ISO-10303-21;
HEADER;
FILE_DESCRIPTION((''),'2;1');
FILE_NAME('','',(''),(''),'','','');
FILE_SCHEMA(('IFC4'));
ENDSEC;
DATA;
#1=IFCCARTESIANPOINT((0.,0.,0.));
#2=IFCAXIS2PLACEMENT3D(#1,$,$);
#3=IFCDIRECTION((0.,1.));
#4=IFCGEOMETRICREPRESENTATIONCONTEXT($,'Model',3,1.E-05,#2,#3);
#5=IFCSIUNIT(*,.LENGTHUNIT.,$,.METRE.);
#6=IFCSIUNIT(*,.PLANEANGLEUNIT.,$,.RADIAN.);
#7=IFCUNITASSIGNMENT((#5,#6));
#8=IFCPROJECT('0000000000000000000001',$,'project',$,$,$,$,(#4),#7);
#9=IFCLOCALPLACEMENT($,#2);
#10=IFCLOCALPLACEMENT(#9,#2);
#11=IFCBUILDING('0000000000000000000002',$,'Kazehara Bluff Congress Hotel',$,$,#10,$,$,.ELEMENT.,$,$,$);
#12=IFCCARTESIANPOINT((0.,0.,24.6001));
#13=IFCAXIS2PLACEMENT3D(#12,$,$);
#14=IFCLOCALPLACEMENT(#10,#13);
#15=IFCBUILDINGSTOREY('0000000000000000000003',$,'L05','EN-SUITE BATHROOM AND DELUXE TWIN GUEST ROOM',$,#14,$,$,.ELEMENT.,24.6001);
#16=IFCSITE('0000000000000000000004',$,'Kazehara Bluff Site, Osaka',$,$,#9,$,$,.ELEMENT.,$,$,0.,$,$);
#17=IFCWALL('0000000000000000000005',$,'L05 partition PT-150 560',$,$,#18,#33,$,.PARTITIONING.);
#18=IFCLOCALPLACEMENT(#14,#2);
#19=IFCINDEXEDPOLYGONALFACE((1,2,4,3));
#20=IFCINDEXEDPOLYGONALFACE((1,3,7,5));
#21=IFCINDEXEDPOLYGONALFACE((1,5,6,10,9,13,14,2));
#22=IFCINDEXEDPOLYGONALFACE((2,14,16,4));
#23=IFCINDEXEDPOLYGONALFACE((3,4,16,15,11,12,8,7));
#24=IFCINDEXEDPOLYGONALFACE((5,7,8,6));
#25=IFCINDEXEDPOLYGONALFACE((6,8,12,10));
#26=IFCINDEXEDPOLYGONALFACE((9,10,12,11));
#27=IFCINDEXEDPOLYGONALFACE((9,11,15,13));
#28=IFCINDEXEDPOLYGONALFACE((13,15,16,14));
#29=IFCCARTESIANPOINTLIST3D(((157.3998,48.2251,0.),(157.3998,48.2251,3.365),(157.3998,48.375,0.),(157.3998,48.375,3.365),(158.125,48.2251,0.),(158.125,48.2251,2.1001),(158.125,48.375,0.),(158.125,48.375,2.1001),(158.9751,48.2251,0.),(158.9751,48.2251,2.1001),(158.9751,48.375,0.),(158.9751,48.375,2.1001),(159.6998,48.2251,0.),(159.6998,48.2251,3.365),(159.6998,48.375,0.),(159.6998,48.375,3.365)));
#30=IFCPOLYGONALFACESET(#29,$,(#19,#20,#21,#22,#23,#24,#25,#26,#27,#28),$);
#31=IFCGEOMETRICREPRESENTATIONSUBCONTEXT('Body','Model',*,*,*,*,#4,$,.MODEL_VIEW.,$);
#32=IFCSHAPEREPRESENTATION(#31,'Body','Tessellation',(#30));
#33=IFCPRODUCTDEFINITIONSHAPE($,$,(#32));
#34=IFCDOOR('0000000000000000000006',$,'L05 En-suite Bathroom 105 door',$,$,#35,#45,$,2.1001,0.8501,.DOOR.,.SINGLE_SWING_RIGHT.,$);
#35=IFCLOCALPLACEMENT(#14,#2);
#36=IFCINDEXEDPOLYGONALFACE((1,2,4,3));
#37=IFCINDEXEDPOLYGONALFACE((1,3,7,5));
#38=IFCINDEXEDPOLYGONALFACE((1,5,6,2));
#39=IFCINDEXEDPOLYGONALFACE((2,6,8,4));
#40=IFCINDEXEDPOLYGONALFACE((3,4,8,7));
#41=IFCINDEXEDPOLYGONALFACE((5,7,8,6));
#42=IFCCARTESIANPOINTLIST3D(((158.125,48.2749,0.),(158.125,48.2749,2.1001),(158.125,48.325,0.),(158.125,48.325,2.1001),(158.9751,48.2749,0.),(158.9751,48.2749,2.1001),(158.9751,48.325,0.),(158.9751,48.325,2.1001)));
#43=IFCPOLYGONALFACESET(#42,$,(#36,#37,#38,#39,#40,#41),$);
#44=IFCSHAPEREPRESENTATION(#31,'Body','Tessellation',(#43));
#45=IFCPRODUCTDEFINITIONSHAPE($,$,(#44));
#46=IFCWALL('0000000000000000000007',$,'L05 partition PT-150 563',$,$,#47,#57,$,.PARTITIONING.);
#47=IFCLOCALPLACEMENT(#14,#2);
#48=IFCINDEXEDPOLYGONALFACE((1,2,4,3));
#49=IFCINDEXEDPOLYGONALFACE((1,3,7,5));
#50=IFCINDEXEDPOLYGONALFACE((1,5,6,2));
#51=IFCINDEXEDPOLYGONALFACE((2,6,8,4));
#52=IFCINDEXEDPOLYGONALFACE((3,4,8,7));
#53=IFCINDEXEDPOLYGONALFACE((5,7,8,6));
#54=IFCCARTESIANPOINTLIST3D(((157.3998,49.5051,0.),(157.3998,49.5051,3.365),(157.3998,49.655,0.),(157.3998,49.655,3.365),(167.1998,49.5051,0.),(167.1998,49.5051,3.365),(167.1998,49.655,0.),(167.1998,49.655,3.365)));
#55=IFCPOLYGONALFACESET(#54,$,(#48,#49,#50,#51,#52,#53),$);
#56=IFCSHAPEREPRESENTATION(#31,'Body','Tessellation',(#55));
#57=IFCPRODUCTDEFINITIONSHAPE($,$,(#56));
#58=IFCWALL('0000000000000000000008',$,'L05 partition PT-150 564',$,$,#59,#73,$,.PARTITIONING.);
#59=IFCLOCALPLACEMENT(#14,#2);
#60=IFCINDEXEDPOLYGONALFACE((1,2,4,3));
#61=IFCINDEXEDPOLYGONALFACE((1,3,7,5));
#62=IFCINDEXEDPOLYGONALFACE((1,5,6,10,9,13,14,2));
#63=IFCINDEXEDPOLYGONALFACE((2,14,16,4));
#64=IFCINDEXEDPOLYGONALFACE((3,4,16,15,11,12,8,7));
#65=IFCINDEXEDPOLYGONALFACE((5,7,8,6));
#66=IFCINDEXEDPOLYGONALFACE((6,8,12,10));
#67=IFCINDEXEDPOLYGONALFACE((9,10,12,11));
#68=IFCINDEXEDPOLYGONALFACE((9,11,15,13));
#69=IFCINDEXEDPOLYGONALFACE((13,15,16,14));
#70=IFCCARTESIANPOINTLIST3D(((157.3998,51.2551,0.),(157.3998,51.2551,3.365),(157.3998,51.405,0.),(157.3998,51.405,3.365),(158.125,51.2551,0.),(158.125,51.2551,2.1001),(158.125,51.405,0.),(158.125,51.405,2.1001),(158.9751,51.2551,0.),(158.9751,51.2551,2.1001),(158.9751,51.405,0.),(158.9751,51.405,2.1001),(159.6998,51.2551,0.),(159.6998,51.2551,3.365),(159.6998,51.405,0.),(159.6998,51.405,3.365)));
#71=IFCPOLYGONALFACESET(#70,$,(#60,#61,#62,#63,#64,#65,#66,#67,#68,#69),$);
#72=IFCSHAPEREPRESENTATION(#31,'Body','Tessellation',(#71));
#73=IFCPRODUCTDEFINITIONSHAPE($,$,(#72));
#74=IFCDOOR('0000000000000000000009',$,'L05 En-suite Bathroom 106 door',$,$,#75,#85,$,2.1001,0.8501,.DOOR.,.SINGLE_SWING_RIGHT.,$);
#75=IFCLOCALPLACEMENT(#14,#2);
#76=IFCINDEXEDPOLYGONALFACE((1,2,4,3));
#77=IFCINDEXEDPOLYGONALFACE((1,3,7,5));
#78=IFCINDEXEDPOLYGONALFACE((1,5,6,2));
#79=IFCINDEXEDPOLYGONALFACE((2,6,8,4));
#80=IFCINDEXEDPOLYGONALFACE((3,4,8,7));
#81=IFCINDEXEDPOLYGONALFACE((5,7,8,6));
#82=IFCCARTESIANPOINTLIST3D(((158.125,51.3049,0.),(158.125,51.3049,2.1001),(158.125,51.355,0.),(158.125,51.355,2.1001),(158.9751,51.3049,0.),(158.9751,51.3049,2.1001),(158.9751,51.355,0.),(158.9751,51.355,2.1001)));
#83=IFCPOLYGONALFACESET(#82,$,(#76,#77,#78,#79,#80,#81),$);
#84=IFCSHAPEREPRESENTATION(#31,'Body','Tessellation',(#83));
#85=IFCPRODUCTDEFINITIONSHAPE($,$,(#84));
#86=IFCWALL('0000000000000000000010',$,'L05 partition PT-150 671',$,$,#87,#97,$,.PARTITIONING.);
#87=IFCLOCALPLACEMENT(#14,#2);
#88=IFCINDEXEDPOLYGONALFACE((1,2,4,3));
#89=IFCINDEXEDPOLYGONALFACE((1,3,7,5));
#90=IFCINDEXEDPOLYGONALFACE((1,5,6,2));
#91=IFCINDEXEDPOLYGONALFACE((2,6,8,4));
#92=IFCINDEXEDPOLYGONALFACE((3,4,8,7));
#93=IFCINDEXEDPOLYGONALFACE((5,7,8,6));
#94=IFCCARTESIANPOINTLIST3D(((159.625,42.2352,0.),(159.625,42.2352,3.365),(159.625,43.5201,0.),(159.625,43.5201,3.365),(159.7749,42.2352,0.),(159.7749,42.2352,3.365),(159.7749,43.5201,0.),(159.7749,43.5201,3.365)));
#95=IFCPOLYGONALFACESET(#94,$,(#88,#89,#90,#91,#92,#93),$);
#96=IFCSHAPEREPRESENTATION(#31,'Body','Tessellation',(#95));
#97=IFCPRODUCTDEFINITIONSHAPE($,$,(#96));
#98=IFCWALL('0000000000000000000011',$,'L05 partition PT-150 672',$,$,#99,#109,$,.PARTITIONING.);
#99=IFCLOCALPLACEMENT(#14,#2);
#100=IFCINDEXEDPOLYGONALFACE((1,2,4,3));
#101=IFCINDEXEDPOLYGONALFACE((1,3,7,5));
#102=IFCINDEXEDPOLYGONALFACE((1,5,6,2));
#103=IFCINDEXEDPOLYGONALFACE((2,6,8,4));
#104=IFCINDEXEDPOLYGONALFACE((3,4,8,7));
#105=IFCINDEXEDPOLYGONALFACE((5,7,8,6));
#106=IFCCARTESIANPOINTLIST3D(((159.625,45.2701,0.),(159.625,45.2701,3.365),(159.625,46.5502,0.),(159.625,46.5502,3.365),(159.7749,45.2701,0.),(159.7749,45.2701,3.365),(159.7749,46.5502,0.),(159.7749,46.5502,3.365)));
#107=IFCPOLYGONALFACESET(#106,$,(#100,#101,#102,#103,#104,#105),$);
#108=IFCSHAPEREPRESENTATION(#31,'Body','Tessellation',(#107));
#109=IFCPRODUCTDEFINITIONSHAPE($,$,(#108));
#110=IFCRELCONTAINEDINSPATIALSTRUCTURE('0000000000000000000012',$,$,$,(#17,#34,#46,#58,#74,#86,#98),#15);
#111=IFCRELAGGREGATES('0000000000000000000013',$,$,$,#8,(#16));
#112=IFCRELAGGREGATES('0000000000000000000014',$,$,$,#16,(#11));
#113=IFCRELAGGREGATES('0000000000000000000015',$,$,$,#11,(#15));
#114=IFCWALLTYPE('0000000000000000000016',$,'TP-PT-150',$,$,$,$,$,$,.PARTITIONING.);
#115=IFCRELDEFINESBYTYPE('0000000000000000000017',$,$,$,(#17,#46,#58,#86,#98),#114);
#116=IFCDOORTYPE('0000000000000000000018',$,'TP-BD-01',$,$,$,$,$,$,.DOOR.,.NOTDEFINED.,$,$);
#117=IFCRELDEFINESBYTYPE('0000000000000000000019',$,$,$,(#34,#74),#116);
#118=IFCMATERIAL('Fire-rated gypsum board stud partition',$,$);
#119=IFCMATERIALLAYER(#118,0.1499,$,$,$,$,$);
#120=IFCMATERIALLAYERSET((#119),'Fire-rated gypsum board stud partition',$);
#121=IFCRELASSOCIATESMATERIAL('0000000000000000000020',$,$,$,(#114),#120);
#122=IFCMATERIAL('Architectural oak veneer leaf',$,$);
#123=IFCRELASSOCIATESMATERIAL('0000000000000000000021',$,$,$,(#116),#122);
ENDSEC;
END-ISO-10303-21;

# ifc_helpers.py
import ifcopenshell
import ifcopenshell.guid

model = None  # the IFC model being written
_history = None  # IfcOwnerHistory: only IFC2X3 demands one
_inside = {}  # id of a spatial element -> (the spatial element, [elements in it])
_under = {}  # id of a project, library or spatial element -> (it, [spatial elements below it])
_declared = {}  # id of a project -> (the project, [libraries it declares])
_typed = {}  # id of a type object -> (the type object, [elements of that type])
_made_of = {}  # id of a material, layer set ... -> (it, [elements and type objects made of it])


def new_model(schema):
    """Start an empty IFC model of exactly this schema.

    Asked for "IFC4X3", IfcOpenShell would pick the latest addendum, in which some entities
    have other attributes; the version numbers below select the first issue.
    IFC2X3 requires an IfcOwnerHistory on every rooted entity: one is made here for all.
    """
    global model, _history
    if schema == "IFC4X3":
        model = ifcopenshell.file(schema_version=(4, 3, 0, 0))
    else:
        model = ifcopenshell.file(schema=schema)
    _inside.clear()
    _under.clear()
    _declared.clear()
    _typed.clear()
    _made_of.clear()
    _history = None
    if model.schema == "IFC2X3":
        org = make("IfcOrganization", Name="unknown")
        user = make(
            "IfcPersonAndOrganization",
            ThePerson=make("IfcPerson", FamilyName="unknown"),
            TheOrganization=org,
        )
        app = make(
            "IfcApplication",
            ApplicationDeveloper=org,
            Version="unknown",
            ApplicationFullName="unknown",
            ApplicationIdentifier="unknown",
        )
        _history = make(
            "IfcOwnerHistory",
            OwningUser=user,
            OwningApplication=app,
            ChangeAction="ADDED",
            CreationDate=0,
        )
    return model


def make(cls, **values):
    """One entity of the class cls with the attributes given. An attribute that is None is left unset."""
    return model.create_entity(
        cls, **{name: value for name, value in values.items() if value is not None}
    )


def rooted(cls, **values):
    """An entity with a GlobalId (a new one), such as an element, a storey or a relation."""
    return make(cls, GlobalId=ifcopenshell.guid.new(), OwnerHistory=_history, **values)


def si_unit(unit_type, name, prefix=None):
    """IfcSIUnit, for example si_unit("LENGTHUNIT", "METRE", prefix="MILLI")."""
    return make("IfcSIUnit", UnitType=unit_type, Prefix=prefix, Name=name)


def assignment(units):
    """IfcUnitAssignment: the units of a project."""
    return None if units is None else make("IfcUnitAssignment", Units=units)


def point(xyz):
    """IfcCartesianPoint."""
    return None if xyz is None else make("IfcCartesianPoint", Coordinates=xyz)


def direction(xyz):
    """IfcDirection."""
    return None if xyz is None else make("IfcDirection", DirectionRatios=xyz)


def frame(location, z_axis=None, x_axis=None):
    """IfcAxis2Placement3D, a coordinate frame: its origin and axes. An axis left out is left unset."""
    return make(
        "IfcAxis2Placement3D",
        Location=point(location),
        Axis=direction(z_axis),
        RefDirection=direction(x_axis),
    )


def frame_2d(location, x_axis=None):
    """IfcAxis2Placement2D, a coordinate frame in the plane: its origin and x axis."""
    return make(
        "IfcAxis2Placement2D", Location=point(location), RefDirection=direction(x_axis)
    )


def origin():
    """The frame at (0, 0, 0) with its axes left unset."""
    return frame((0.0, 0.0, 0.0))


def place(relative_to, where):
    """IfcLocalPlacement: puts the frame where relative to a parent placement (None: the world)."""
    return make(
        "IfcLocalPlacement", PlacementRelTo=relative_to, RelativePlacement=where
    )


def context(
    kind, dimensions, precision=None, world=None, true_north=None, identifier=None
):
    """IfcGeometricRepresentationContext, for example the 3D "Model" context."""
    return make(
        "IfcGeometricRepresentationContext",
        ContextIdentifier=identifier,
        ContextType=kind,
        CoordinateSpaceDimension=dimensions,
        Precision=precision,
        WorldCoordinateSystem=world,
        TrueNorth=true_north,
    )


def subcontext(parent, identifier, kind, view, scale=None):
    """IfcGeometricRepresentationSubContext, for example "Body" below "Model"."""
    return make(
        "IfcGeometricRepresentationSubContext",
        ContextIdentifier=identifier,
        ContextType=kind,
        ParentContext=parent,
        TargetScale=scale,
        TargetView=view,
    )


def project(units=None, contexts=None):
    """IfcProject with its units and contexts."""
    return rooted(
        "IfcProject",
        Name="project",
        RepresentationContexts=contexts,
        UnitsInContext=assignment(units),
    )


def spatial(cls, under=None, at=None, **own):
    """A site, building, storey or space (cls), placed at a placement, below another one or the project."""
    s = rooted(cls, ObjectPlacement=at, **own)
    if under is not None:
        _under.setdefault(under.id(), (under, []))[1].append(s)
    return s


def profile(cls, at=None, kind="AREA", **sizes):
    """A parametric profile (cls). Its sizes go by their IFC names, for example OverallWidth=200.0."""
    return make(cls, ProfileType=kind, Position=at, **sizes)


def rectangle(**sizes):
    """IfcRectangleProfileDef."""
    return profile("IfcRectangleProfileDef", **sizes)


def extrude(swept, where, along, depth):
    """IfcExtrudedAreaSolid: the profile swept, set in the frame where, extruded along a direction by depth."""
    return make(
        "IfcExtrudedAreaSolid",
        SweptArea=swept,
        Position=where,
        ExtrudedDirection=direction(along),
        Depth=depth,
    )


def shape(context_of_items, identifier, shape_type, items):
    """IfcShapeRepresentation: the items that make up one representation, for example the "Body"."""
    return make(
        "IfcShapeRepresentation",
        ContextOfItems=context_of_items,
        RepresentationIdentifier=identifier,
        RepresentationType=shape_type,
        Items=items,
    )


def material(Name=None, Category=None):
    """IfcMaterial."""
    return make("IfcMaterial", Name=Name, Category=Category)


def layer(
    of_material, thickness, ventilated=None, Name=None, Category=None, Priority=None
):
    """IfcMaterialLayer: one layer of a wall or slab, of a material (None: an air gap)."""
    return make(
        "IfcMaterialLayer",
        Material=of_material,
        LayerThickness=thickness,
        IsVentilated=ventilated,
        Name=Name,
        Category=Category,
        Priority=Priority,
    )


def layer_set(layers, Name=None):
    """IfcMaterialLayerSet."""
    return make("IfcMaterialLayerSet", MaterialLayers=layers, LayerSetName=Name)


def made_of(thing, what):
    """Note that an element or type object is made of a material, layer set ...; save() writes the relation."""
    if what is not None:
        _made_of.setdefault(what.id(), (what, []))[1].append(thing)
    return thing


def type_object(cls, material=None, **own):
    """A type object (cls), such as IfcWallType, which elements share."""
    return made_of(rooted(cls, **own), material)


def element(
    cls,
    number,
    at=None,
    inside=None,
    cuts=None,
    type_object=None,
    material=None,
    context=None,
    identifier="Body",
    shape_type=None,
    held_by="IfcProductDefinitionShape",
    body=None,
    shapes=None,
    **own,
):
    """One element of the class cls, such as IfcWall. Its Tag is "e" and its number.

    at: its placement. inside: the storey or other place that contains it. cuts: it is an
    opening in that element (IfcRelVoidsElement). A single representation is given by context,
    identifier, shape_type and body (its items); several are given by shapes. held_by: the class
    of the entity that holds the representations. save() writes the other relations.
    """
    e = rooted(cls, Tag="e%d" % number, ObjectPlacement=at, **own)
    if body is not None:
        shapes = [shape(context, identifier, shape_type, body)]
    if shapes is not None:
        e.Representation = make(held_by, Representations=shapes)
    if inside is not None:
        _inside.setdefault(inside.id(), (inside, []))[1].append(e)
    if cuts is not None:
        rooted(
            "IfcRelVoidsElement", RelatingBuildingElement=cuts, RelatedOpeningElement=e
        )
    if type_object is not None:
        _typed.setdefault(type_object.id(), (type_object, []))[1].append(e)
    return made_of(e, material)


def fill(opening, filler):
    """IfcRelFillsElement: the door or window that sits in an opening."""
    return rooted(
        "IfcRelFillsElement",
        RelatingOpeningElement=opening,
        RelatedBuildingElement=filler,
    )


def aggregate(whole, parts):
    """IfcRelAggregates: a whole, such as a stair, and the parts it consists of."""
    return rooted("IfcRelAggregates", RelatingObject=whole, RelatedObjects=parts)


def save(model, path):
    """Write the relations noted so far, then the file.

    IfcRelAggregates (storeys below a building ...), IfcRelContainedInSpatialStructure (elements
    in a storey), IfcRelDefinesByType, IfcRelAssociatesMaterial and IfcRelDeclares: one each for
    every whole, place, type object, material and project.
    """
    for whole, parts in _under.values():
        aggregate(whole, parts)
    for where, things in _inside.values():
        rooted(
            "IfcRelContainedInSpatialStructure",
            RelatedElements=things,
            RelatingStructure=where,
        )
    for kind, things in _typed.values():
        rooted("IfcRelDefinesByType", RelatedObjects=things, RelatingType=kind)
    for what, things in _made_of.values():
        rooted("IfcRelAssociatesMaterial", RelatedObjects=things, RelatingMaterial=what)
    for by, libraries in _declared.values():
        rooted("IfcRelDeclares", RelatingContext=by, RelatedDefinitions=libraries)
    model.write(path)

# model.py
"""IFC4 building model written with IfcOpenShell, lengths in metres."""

from ifc_helpers import new_model, si_unit, direction, frame, frame_2d, origin, place, context, subcontext, project, spatial, rectangle, extrude, material, layer, layer_set, type_object, element, fill, save


model = new_model("IFC4")

# Units and contexts
model_context = context("Model", 3, precision=1e-05, world=origin(), true_north=direction((0.0, 1.0)))
body_context = subcontext(model_context, "Body", "Model", "MODEL_VIEW")
ifc_project = project(units=[si_unit("LENGTHUNIT", "METRE"), si_unit("PLANEANGLEUNIT", "RADIAN")], contexts=[model_context])

# Site, building, storey
site_placement = place(None, origin())
site = spatial("IfcSite", under=ifc_project, at=site_placement, Name="Kazehara Bluff Site, Osaka", CompositionType="ELEMENT", RefElevation=0.0)
building_placement = place(site_placement, origin())
building = spatial("IfcBuilding", under=site, at=building_placement, Name="Kazehara Bluff Congress Hotel", CompositionType="ELEMENT")
storey_placement = place(building_placement, frame((0.0, 0.0, 24.6001)))
storey = spatial("IfcBuildingStorey", under=building, at=storey_placement, Name="L05", Description="EN-SUITE BATHROOM AND DELUXE TWIN GUEST ROOM", CompositionType="ELEMENT", Elevation=24.6001)

# Shared definitions
ifc_material_1 = material(Name="Fire-rated gypsum board stud partition")
ifc_layer_1 = layer(ifc_material_1, 0.1499)
ifc_layer_set_1 = layer_set([ifc_layer_1], Name="Fire-rated gypsum board stud partition")
wall_type_1 = type_object("IfcWallType", Name="TP-PT-150", PredefinedType="PARTITIONING", material=ifc_layer_set_1)
ifc_material_2 = material(Name="Architectural oak veneer leaf")
door_type_1 = type_object("IfcDoorType", Name="TP-BD-01", OperationType="NOTDEFINED", PredefinedType="DOOR", material=ifc_material_2)

# Wall, opening, door
wall_1_placement = place(storey_placement, frame((157.3999, 48.3, 0.0), z_axis=(0.0, 0.0, 1.0), x_axis=(1.0, 0.0, 0.0)))
wall_1 = element("IfcWall", 1, at=wall_1_placement, inside=storey, type_object=wall_type_1, Name="L05 partition PT-150 560", PredefinedType="PARTITIONING", context=body_context, shape_type="SweptSolid", body=[
    extrude(rectangle(XDim=2.3, YDim=0.1499, at=frame_2d((1.1499, 0.0))), origin(), (0.0, 0.0, 1.0), 3.365),
])
opening_1_placement = place(wall_1_placement, frame((0.7251, 0.0, 0.0)))
opening_1 = element("IfcOpeningElement", 2, at=opening_1_placement, cuts=wall_1, PredefinedType="OPENING", context=body_context, shape_type="SweptSolid", body=[
    extrude(rectangle(XDim=0.8501, YDim=2.1001, at=frame_2d((0.425, 1.05))), frame((0.0, 0.085, 0.0), z_axis=(0.0, -1.0, 0.0), x_axis=(1.0, 0.0, 0.0)), (0.0, 0.0, 1.0), 0.1699),
])
door_1_placement = place(opening_1_placement, origin())
door_1 = element("IfcDoor", 3, at=door_1_placement, inside=storey, type_object=door_type_1, Name="L05 En-suite Bathroom 105 door", OperationType="SINGLE_SWING_RIGHT", OverallHeight=2.1001, OverallWidth=0.8501, PredefinedType="DOOR", context=body_context, shape_type="SweptSolid", body=[
    extrude(rectangle(XDim=0.8501, YDim=2.1001, at=frame_2d((0.425, 1.05))), frame((0.0, 0.0249, 0.0), z_axis=(0.0, -1.0, 0.0), x_axis=(1.0, 0.0, 0.0)), (0.0, 0.0, 1.0), 0.05),
])
fill(opening_1, door_1)

# Wall
wall_2_placement = place(storey_placement, frame((157.3999, 49.5801, 0.0), z_axis=(0.0, 0.0, 1.0), x_axis=(1.0, 0.0, 0.0)))
element("IfcWall", 4, at=wall_2_placement, inside=storey, type_object=wall_type_1, Name="L05 partition PT-150 563", PredefinedType="PARTITIONING", context=body_context, shape_type="SweptSolid", body=[
    extrude(rectangle(XDim=9.8, YDim=0.1499, at=frame_2d((4.8999, 0.0))), origin(), (0.0, 0.0, 1.0), 3.365),
])

# Wall, opening, door
wall_3_placement = place(storey_placement, frame((157.3999, 51.3301, 0.0), z_axis=(0.0, 0.0, 1.0), x_axis=(1.0, 0.0, 0.0)))
wall_3 = element("IfcWall", 5, at=wall_3_placement, inside=storey, type_object=wall_type_1, Name="L05 partition PT-150 564", PredefinedType="PARTITIONING", context=body_context, shape_type="SweptSolid", body=[
    extrude(rectangle(XDim=2.3, YDim=0.1499, at=frame_2d((1.1499, 0.0))), origin(), (0.0, 0.0, 1.0), 3.365),
])
opening_2_placement = place(wall_3_placement, frame((0.7251, 0.0, 0.0)))
opening_2 = element("IfcOpeningElement", 6, at=opening_2_placement, cuts=wall_3, PredefinedType="OPENING", context=body_context, shape_type="SweptSolid", body=[
    extrude(rectangle(XDim=0.8501, YDim=2.1001, at=frame_2d((0.425, 1.05))), frame((0.0, 0.085, 0.0), z_axis=(0.0, -1.0, 0.0), x_axis=(1.0, 0.0, 0.0)), (0.0, 0.0, 1.0), 0.1699),
])
door_2_placement = place(opening_2_placement, origin())
door_2 = element("IfcDoor", 7, at=door_2_placement, inside=storey, type_object=door_type_1, Name="L05 En-suite Bathroom 106 door", OperationType="SINGLE_SWING_RIGHT", OverallHeight=2.1001, OverallWidth=0.8501, PredefinedType="DOOR", context=body_context, shape_type="SweptSolid", body=[
    extrude(rectangle(XDim=0.8501, YDim=2.1001, at=frame_2d((0.425, 1.05))), frame((0.0, 0.0249, 0.0), z_axis=(0.0, -1.0, 0.0), x_axis=(1.0, 0.0, 0.0)), (0.0, 0.0, 1.0), 0.05),
])
fill(opening_2, door_2)

# Walls
wall_4_placement = place(storey_placement, frame((159.7, 42.2351, 0.0), z_axis=(0.0, 0.0, 1.0), x_axis=(0.0, 1.0, 0.0)))
element("IfcWall", 8, at=wall_4_placement, inside=storey, type_object=wall_type_1, Name="L05 partition PT-150 671", PredefinedType="PARTITIONING", context=body_context, shape_type="SweptSolid", body=[
    extrude(rectangle(XDim=1.2849, YDim=0.1499, at=frame_2d((0.6426, 0.0))), origin(), (0.0, 0.0, 1.0), 3.365),
])
wall_5_placement = place(storey_placement, frame((159.7, 45.27, 0.0), z_axis=(0.0, 0.0, 1.0), x_axis=(0.0, 1.0, 0.0)))
element("IfcWall", 9, at=wall_5_placement, inside=storey, type_object=wall_type_1, Name="L05 partition PT-150 672", PredefinedType="PARTITIONING", context=body_context, shape_type="SweptSolid", body=[
    extrude(rectangle(XDim=1.28, YDim=0.1499, at=frame_2d((0.6401, 0.0))), origin(), (0.0, 0.0, 1.0), 3.365),
])

save(model, "model.ifc")
